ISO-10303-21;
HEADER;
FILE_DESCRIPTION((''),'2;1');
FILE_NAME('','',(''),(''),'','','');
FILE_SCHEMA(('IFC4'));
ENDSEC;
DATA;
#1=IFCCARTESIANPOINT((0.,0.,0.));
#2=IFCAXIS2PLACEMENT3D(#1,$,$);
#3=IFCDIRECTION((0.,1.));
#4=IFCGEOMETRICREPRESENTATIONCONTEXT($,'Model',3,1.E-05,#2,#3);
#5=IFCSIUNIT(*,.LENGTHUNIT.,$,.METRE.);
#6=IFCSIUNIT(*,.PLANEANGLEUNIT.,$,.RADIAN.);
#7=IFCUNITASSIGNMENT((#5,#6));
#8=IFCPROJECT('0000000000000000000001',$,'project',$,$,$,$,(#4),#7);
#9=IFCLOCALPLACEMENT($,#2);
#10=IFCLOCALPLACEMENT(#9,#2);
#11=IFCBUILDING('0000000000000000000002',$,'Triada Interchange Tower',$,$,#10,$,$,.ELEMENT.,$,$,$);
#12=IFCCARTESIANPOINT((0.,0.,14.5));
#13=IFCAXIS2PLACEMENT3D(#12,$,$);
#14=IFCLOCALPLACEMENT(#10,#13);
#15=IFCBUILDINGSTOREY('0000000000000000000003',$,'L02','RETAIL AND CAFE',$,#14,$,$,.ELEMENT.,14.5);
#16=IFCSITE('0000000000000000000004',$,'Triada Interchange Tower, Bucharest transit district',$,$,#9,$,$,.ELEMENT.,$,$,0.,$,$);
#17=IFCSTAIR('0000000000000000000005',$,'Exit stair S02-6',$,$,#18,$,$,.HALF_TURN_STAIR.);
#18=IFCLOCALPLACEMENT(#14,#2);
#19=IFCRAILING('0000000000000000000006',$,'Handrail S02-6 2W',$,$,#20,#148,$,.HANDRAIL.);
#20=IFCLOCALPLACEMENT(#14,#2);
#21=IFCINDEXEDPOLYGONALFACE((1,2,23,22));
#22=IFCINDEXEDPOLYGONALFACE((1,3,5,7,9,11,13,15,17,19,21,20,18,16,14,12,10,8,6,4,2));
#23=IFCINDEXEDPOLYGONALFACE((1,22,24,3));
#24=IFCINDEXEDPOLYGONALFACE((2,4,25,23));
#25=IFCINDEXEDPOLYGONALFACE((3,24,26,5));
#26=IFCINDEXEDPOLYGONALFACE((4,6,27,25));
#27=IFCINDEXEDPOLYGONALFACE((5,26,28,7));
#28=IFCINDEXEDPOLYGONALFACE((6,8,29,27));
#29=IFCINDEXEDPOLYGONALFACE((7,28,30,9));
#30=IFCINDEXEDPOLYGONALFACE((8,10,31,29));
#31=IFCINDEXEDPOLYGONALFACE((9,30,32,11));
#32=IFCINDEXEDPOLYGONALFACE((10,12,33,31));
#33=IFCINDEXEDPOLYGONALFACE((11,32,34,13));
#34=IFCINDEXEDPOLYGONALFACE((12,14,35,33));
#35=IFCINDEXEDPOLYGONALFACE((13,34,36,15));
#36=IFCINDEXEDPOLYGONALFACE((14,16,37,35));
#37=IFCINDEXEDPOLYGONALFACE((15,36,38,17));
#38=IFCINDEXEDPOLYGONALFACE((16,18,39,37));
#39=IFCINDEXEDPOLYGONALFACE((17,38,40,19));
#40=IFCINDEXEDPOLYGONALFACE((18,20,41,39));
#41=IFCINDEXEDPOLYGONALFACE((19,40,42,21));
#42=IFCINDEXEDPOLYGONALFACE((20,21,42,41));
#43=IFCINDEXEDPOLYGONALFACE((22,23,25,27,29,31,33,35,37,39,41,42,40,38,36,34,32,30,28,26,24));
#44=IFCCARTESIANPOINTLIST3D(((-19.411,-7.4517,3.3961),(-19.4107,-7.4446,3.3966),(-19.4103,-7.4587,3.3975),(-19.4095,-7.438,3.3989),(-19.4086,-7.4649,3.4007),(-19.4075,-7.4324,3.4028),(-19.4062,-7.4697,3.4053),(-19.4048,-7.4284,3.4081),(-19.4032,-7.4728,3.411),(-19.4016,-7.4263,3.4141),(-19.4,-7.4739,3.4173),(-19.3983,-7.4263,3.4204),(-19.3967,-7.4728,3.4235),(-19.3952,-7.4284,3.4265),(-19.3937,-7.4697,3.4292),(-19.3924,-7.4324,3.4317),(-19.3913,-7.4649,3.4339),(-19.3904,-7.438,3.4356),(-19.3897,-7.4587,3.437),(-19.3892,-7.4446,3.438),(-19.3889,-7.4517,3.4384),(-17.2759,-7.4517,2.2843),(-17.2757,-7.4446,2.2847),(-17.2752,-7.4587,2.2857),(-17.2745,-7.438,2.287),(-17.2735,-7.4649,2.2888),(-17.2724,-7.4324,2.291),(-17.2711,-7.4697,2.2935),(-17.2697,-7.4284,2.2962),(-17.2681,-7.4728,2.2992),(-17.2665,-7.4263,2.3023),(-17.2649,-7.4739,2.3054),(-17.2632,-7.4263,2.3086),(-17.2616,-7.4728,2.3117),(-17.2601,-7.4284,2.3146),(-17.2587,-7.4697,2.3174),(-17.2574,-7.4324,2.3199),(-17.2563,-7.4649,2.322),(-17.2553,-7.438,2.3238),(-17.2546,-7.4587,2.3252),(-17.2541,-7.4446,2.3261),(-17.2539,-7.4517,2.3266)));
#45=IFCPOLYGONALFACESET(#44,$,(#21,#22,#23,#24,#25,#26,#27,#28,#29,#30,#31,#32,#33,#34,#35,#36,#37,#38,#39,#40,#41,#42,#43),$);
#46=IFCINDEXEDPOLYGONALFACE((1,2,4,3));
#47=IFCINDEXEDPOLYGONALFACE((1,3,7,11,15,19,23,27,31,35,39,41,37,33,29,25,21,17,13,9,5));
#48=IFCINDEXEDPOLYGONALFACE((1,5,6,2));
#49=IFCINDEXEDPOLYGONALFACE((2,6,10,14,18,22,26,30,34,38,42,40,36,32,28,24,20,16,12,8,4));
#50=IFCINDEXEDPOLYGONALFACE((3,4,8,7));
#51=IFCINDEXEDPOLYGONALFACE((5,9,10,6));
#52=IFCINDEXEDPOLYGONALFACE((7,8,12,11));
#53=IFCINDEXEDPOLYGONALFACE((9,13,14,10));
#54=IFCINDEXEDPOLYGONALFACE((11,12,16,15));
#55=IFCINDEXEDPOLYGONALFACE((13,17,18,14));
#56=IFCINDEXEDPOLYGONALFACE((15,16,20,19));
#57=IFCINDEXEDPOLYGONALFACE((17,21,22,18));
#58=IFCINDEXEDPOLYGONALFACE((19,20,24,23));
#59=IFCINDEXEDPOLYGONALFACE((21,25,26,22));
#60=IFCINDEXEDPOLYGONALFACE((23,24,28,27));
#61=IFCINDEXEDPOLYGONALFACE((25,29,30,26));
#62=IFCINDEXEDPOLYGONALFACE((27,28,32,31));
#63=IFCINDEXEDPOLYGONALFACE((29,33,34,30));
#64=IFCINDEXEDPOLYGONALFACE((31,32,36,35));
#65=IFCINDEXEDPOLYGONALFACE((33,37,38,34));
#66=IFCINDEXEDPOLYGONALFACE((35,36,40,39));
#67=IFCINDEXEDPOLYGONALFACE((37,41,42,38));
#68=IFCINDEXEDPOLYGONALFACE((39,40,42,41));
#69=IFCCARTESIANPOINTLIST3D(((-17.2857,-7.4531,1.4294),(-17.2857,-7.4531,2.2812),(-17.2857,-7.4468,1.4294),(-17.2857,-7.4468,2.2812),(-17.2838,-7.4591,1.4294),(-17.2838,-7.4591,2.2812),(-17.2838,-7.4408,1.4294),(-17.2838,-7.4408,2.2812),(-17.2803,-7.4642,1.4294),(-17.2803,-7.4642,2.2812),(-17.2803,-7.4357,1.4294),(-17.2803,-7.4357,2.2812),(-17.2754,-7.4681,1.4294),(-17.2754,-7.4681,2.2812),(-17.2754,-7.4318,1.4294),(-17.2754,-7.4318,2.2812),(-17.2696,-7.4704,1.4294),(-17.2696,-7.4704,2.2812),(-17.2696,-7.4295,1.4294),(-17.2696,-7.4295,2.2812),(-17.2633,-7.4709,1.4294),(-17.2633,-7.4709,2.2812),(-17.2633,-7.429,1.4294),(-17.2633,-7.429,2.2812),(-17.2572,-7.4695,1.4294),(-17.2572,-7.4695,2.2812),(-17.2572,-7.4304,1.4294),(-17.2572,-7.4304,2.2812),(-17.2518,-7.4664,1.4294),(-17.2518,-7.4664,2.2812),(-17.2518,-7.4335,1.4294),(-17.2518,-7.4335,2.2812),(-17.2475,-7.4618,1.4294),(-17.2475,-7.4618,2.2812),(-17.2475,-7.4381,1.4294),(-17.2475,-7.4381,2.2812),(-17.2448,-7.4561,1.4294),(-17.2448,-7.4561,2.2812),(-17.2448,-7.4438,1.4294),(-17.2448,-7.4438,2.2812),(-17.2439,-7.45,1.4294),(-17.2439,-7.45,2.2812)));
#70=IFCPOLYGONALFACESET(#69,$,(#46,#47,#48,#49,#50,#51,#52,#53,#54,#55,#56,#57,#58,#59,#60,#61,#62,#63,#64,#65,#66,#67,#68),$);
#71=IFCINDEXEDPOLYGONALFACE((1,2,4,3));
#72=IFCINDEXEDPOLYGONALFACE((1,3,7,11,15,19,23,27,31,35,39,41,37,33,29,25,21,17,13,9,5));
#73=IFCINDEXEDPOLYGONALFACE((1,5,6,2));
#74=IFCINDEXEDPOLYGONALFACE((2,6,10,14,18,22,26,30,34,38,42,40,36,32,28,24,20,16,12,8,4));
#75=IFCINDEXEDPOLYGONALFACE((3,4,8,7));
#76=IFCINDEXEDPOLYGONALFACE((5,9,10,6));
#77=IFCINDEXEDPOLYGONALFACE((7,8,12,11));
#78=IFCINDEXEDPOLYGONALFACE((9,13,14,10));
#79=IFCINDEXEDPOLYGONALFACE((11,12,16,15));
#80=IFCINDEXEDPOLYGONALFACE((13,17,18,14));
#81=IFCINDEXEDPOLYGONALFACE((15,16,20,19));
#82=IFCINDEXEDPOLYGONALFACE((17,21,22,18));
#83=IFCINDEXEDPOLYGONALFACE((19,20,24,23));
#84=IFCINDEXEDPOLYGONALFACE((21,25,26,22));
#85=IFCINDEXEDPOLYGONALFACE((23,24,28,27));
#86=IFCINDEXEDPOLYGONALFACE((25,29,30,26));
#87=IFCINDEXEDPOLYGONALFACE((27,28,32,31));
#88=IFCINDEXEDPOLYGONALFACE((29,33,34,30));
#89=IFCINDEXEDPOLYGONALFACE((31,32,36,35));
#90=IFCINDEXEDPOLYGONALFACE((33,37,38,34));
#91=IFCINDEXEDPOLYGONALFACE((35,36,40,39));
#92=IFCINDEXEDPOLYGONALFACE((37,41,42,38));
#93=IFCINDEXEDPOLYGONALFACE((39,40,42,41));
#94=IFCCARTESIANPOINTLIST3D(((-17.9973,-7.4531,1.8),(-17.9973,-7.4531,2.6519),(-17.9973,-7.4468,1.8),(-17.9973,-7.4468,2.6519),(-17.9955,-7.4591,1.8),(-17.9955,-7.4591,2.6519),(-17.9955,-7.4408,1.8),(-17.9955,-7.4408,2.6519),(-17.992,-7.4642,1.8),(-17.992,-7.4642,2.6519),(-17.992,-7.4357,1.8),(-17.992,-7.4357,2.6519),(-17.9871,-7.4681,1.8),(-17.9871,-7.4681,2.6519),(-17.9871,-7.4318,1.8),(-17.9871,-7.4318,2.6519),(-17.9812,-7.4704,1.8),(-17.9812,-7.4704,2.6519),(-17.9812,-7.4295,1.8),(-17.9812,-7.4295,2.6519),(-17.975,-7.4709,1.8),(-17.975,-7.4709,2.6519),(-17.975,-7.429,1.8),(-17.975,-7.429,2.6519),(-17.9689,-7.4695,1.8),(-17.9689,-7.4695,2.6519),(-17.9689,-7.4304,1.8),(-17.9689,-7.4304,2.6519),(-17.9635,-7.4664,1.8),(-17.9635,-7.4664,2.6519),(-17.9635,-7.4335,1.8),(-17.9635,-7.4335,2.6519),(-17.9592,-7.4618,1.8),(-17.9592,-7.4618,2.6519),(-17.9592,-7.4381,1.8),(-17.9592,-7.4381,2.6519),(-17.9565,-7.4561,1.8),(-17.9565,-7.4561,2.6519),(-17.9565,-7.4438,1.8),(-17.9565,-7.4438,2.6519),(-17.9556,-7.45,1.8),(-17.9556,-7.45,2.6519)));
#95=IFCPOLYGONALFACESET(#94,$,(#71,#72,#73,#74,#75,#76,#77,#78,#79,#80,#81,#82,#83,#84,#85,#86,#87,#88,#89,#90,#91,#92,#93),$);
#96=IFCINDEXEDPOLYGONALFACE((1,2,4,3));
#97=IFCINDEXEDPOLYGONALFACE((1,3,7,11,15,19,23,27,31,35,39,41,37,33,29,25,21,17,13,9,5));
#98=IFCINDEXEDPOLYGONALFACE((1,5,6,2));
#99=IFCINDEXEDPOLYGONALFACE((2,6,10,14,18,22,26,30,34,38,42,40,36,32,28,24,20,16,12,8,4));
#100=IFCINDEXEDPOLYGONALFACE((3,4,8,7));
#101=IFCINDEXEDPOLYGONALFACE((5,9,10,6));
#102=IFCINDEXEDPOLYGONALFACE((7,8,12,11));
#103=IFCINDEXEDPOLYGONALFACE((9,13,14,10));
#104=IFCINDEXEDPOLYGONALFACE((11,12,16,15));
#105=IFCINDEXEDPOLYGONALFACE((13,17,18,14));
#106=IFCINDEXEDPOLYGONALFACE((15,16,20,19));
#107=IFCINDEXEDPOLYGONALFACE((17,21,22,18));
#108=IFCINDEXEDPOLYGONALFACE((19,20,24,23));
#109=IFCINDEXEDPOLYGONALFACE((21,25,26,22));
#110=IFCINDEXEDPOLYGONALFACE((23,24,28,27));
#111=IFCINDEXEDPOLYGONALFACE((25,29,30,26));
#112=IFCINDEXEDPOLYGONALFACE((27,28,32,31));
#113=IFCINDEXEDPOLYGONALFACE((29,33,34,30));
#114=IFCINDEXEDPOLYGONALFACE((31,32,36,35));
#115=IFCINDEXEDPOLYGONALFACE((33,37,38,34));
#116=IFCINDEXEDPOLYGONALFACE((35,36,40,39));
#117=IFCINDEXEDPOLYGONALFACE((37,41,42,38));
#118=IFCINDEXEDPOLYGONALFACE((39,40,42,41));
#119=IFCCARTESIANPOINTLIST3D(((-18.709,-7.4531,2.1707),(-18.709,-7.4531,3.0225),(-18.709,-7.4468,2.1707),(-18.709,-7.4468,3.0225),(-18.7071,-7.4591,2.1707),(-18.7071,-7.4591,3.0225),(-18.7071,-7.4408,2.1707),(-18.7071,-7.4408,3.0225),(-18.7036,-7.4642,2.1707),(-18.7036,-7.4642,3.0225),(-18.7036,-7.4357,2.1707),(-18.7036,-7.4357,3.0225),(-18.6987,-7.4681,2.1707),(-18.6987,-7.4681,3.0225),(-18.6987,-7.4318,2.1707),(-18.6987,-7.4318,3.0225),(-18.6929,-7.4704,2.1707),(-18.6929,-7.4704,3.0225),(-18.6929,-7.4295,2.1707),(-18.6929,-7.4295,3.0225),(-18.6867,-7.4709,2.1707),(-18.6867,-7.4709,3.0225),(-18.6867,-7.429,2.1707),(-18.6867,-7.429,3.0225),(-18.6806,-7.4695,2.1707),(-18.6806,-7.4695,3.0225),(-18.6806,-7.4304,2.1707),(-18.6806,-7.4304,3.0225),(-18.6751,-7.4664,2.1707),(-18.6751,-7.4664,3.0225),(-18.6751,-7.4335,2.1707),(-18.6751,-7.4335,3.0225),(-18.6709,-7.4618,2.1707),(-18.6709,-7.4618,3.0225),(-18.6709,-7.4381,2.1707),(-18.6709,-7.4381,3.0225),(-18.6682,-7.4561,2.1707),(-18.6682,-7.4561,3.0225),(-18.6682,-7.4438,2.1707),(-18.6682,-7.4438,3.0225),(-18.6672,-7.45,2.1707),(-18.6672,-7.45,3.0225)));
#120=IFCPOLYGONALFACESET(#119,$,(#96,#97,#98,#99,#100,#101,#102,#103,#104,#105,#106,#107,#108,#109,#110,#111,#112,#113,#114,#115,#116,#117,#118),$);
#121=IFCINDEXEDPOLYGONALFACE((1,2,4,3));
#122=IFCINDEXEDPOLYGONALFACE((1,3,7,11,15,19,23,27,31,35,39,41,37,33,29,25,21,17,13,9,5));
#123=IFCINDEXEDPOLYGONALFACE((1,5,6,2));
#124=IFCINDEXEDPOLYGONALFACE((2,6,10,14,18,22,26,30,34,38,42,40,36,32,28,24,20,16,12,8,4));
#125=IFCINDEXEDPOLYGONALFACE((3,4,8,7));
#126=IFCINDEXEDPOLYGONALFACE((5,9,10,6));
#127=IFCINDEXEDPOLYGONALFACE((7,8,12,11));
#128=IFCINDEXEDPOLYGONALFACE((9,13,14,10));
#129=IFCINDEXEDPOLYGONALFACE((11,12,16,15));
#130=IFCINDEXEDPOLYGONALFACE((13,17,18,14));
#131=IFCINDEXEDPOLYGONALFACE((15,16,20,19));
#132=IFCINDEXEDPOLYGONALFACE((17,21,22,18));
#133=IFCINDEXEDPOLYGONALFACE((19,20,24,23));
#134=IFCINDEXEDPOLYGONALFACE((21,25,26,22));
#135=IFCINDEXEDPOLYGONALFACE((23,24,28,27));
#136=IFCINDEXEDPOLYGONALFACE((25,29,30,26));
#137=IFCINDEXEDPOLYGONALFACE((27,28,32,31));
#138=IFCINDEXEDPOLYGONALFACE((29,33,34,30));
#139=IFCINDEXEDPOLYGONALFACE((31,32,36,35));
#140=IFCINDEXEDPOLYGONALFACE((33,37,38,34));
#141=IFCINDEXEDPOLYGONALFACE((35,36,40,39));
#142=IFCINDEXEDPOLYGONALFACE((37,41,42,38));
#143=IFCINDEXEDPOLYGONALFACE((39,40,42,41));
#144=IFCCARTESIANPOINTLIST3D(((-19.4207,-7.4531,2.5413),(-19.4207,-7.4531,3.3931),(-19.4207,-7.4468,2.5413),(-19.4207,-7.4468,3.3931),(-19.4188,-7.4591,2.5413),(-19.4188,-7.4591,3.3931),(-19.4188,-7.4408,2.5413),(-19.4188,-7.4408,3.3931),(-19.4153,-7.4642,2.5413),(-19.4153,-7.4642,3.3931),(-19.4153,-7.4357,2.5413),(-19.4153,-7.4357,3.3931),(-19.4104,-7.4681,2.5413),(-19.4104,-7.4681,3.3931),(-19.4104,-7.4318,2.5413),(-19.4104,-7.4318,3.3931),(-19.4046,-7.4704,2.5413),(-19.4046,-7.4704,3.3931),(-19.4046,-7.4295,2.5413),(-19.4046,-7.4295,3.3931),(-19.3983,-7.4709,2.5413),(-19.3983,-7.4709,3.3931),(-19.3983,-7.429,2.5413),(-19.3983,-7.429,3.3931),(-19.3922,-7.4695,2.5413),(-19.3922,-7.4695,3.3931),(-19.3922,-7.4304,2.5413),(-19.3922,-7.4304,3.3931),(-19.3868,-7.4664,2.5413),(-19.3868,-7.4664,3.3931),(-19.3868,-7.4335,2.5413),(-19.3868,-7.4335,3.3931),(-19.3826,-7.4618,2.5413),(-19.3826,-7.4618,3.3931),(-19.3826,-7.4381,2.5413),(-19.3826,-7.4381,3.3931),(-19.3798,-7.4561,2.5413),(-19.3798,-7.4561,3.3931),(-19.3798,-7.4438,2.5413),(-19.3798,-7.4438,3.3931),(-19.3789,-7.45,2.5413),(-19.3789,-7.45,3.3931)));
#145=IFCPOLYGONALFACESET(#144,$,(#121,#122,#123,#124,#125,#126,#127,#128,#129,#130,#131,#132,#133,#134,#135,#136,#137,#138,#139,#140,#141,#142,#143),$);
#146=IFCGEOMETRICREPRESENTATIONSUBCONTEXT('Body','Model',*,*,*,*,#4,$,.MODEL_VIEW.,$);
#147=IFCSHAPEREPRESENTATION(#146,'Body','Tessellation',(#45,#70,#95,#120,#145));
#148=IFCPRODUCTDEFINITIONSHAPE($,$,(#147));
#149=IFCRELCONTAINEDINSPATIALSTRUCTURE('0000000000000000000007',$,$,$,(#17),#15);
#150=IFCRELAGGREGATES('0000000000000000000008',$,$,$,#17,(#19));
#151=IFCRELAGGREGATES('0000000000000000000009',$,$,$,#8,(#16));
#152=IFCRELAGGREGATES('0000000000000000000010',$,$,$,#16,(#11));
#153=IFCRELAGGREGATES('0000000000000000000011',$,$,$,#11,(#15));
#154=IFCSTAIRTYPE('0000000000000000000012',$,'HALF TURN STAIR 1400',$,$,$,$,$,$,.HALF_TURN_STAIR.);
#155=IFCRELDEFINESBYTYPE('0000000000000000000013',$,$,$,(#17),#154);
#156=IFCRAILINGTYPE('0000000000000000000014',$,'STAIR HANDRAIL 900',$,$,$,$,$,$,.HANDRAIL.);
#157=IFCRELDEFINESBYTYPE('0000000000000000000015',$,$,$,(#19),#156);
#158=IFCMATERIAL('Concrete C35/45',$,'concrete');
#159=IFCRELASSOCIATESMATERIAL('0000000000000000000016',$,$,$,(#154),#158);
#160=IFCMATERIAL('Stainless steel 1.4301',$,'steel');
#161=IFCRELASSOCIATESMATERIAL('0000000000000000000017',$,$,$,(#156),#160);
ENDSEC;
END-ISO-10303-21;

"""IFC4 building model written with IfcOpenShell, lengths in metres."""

from ifc_helpers import new_model, si_unit, direction, frame, origin, origin_2d, place, context, subcontext, project, spatial, circle, extrude, material, type_object, element, aggregate, save


model = new_model("IFC4")

# Units and contexts
model_context = context("Model", 3, precision=1e-05, world=origin(), true_north=direction((0.0, 1.0)))
body_context = subcontext(model_context, "Body", "Model", "MODEL_VIEW")
ifc_project = project(units=[si_unit("LENGTHUNIT", "METRE"), si_unit("PLANEANGLEUNIT", "RADIAN")], contexts=[model_context])

# Site, building, storey
site_placement = place(None, origin())
site = spatial("IfcSite", under=ifc_project, at=site_placement, Name="Triada Interchange Tower, Bucharest transit district", CompositionType="ELEMENT", RefElevation=0.0)
building_placement = place(site_placement, origin())
building = spatial("IfcBuilding", under=site, at=building_placement, Name="Triada Interchange Tower", CompositionType="ELEMENT")
storey_placement = place(building_placement, frame((0.0, 0.0, 14.5)))
storey = spatial("IfcBuildingStorey", under=building, at=storey_placement, Name="L02", Description="RETAIL AND CAFE", CompositionType="ELEMENT", Elevation=14.5)

# Shared definitions
ifc_material_1 = material(Name="Concrete C35/45", Category="concrete")

# Stair, railing
stair_type = type_object("IfcStairType", Name="HALF TURN STAIR 1400", PredefinedType="HALF_TURN_STAIR", material=ifc_material_1)
stair_placement = place(storey_placement, origin())
stair = element("IfcStair", 1, at=stair_placement, inside=storey, type_object=stair_type, Name="Exit stair S02-6", PredefinedType="HALF_TURN_STAIR")
ifc_material_2 = material(Name="Stainless steel 1.4301", Category="steel")
railing_type_1 = type_object("IfcRailingType", Name="STAIR HANDRAIL 900", PredefinedType="HANDRAIL", material=ifc_material_2)
railing_1_placement = place(storey_placement, frame((-17.2649, -7.45, 1.4294)))
railing_1 = element("IfcRailing", 2, at=railing_1_placement, type_object=railing_type_1, Name="Handrail S02-6 2W", PredefinedType="HANDRAIL", context=body_context, shape_type="SweptSolid", body=[
    extrude(circle(Radius=0.0239, at=origin_2d()), frame((0.0, 0.0, 0.876), z_axis=(-0.886943, 0.0, 0.46188), x_axis=(0.0, -1.0, 0.0)), (0.0, 0.0, 1.0), 2.4072),
    extrude(circle(Radius=0.021, at=origin_2d()), origin(), (0.0, 0.0, 1.0), 0.8518),
    extrude(circle(Radius=0.021, at=origin_2d()), frame((-0.7117, 0.0, 0.3706)), (0.0, 0.0, 1.0), 0.8518),
    extrude(circle(Radius=0.021, at=origin_2d()), frame((-1.4233, 0.0, 0.7412)), (0.0, 0.0, 1.0), 0.8518),
    extrude(circle(Radius=0.021, at=origin_2d()), frame((-2.135, 0.0, 1.1118)), (0.0, 0.0, 1.0), 0.8518),
])
aggregate(stair, [railing_1])

save(model, "model.ifc")
